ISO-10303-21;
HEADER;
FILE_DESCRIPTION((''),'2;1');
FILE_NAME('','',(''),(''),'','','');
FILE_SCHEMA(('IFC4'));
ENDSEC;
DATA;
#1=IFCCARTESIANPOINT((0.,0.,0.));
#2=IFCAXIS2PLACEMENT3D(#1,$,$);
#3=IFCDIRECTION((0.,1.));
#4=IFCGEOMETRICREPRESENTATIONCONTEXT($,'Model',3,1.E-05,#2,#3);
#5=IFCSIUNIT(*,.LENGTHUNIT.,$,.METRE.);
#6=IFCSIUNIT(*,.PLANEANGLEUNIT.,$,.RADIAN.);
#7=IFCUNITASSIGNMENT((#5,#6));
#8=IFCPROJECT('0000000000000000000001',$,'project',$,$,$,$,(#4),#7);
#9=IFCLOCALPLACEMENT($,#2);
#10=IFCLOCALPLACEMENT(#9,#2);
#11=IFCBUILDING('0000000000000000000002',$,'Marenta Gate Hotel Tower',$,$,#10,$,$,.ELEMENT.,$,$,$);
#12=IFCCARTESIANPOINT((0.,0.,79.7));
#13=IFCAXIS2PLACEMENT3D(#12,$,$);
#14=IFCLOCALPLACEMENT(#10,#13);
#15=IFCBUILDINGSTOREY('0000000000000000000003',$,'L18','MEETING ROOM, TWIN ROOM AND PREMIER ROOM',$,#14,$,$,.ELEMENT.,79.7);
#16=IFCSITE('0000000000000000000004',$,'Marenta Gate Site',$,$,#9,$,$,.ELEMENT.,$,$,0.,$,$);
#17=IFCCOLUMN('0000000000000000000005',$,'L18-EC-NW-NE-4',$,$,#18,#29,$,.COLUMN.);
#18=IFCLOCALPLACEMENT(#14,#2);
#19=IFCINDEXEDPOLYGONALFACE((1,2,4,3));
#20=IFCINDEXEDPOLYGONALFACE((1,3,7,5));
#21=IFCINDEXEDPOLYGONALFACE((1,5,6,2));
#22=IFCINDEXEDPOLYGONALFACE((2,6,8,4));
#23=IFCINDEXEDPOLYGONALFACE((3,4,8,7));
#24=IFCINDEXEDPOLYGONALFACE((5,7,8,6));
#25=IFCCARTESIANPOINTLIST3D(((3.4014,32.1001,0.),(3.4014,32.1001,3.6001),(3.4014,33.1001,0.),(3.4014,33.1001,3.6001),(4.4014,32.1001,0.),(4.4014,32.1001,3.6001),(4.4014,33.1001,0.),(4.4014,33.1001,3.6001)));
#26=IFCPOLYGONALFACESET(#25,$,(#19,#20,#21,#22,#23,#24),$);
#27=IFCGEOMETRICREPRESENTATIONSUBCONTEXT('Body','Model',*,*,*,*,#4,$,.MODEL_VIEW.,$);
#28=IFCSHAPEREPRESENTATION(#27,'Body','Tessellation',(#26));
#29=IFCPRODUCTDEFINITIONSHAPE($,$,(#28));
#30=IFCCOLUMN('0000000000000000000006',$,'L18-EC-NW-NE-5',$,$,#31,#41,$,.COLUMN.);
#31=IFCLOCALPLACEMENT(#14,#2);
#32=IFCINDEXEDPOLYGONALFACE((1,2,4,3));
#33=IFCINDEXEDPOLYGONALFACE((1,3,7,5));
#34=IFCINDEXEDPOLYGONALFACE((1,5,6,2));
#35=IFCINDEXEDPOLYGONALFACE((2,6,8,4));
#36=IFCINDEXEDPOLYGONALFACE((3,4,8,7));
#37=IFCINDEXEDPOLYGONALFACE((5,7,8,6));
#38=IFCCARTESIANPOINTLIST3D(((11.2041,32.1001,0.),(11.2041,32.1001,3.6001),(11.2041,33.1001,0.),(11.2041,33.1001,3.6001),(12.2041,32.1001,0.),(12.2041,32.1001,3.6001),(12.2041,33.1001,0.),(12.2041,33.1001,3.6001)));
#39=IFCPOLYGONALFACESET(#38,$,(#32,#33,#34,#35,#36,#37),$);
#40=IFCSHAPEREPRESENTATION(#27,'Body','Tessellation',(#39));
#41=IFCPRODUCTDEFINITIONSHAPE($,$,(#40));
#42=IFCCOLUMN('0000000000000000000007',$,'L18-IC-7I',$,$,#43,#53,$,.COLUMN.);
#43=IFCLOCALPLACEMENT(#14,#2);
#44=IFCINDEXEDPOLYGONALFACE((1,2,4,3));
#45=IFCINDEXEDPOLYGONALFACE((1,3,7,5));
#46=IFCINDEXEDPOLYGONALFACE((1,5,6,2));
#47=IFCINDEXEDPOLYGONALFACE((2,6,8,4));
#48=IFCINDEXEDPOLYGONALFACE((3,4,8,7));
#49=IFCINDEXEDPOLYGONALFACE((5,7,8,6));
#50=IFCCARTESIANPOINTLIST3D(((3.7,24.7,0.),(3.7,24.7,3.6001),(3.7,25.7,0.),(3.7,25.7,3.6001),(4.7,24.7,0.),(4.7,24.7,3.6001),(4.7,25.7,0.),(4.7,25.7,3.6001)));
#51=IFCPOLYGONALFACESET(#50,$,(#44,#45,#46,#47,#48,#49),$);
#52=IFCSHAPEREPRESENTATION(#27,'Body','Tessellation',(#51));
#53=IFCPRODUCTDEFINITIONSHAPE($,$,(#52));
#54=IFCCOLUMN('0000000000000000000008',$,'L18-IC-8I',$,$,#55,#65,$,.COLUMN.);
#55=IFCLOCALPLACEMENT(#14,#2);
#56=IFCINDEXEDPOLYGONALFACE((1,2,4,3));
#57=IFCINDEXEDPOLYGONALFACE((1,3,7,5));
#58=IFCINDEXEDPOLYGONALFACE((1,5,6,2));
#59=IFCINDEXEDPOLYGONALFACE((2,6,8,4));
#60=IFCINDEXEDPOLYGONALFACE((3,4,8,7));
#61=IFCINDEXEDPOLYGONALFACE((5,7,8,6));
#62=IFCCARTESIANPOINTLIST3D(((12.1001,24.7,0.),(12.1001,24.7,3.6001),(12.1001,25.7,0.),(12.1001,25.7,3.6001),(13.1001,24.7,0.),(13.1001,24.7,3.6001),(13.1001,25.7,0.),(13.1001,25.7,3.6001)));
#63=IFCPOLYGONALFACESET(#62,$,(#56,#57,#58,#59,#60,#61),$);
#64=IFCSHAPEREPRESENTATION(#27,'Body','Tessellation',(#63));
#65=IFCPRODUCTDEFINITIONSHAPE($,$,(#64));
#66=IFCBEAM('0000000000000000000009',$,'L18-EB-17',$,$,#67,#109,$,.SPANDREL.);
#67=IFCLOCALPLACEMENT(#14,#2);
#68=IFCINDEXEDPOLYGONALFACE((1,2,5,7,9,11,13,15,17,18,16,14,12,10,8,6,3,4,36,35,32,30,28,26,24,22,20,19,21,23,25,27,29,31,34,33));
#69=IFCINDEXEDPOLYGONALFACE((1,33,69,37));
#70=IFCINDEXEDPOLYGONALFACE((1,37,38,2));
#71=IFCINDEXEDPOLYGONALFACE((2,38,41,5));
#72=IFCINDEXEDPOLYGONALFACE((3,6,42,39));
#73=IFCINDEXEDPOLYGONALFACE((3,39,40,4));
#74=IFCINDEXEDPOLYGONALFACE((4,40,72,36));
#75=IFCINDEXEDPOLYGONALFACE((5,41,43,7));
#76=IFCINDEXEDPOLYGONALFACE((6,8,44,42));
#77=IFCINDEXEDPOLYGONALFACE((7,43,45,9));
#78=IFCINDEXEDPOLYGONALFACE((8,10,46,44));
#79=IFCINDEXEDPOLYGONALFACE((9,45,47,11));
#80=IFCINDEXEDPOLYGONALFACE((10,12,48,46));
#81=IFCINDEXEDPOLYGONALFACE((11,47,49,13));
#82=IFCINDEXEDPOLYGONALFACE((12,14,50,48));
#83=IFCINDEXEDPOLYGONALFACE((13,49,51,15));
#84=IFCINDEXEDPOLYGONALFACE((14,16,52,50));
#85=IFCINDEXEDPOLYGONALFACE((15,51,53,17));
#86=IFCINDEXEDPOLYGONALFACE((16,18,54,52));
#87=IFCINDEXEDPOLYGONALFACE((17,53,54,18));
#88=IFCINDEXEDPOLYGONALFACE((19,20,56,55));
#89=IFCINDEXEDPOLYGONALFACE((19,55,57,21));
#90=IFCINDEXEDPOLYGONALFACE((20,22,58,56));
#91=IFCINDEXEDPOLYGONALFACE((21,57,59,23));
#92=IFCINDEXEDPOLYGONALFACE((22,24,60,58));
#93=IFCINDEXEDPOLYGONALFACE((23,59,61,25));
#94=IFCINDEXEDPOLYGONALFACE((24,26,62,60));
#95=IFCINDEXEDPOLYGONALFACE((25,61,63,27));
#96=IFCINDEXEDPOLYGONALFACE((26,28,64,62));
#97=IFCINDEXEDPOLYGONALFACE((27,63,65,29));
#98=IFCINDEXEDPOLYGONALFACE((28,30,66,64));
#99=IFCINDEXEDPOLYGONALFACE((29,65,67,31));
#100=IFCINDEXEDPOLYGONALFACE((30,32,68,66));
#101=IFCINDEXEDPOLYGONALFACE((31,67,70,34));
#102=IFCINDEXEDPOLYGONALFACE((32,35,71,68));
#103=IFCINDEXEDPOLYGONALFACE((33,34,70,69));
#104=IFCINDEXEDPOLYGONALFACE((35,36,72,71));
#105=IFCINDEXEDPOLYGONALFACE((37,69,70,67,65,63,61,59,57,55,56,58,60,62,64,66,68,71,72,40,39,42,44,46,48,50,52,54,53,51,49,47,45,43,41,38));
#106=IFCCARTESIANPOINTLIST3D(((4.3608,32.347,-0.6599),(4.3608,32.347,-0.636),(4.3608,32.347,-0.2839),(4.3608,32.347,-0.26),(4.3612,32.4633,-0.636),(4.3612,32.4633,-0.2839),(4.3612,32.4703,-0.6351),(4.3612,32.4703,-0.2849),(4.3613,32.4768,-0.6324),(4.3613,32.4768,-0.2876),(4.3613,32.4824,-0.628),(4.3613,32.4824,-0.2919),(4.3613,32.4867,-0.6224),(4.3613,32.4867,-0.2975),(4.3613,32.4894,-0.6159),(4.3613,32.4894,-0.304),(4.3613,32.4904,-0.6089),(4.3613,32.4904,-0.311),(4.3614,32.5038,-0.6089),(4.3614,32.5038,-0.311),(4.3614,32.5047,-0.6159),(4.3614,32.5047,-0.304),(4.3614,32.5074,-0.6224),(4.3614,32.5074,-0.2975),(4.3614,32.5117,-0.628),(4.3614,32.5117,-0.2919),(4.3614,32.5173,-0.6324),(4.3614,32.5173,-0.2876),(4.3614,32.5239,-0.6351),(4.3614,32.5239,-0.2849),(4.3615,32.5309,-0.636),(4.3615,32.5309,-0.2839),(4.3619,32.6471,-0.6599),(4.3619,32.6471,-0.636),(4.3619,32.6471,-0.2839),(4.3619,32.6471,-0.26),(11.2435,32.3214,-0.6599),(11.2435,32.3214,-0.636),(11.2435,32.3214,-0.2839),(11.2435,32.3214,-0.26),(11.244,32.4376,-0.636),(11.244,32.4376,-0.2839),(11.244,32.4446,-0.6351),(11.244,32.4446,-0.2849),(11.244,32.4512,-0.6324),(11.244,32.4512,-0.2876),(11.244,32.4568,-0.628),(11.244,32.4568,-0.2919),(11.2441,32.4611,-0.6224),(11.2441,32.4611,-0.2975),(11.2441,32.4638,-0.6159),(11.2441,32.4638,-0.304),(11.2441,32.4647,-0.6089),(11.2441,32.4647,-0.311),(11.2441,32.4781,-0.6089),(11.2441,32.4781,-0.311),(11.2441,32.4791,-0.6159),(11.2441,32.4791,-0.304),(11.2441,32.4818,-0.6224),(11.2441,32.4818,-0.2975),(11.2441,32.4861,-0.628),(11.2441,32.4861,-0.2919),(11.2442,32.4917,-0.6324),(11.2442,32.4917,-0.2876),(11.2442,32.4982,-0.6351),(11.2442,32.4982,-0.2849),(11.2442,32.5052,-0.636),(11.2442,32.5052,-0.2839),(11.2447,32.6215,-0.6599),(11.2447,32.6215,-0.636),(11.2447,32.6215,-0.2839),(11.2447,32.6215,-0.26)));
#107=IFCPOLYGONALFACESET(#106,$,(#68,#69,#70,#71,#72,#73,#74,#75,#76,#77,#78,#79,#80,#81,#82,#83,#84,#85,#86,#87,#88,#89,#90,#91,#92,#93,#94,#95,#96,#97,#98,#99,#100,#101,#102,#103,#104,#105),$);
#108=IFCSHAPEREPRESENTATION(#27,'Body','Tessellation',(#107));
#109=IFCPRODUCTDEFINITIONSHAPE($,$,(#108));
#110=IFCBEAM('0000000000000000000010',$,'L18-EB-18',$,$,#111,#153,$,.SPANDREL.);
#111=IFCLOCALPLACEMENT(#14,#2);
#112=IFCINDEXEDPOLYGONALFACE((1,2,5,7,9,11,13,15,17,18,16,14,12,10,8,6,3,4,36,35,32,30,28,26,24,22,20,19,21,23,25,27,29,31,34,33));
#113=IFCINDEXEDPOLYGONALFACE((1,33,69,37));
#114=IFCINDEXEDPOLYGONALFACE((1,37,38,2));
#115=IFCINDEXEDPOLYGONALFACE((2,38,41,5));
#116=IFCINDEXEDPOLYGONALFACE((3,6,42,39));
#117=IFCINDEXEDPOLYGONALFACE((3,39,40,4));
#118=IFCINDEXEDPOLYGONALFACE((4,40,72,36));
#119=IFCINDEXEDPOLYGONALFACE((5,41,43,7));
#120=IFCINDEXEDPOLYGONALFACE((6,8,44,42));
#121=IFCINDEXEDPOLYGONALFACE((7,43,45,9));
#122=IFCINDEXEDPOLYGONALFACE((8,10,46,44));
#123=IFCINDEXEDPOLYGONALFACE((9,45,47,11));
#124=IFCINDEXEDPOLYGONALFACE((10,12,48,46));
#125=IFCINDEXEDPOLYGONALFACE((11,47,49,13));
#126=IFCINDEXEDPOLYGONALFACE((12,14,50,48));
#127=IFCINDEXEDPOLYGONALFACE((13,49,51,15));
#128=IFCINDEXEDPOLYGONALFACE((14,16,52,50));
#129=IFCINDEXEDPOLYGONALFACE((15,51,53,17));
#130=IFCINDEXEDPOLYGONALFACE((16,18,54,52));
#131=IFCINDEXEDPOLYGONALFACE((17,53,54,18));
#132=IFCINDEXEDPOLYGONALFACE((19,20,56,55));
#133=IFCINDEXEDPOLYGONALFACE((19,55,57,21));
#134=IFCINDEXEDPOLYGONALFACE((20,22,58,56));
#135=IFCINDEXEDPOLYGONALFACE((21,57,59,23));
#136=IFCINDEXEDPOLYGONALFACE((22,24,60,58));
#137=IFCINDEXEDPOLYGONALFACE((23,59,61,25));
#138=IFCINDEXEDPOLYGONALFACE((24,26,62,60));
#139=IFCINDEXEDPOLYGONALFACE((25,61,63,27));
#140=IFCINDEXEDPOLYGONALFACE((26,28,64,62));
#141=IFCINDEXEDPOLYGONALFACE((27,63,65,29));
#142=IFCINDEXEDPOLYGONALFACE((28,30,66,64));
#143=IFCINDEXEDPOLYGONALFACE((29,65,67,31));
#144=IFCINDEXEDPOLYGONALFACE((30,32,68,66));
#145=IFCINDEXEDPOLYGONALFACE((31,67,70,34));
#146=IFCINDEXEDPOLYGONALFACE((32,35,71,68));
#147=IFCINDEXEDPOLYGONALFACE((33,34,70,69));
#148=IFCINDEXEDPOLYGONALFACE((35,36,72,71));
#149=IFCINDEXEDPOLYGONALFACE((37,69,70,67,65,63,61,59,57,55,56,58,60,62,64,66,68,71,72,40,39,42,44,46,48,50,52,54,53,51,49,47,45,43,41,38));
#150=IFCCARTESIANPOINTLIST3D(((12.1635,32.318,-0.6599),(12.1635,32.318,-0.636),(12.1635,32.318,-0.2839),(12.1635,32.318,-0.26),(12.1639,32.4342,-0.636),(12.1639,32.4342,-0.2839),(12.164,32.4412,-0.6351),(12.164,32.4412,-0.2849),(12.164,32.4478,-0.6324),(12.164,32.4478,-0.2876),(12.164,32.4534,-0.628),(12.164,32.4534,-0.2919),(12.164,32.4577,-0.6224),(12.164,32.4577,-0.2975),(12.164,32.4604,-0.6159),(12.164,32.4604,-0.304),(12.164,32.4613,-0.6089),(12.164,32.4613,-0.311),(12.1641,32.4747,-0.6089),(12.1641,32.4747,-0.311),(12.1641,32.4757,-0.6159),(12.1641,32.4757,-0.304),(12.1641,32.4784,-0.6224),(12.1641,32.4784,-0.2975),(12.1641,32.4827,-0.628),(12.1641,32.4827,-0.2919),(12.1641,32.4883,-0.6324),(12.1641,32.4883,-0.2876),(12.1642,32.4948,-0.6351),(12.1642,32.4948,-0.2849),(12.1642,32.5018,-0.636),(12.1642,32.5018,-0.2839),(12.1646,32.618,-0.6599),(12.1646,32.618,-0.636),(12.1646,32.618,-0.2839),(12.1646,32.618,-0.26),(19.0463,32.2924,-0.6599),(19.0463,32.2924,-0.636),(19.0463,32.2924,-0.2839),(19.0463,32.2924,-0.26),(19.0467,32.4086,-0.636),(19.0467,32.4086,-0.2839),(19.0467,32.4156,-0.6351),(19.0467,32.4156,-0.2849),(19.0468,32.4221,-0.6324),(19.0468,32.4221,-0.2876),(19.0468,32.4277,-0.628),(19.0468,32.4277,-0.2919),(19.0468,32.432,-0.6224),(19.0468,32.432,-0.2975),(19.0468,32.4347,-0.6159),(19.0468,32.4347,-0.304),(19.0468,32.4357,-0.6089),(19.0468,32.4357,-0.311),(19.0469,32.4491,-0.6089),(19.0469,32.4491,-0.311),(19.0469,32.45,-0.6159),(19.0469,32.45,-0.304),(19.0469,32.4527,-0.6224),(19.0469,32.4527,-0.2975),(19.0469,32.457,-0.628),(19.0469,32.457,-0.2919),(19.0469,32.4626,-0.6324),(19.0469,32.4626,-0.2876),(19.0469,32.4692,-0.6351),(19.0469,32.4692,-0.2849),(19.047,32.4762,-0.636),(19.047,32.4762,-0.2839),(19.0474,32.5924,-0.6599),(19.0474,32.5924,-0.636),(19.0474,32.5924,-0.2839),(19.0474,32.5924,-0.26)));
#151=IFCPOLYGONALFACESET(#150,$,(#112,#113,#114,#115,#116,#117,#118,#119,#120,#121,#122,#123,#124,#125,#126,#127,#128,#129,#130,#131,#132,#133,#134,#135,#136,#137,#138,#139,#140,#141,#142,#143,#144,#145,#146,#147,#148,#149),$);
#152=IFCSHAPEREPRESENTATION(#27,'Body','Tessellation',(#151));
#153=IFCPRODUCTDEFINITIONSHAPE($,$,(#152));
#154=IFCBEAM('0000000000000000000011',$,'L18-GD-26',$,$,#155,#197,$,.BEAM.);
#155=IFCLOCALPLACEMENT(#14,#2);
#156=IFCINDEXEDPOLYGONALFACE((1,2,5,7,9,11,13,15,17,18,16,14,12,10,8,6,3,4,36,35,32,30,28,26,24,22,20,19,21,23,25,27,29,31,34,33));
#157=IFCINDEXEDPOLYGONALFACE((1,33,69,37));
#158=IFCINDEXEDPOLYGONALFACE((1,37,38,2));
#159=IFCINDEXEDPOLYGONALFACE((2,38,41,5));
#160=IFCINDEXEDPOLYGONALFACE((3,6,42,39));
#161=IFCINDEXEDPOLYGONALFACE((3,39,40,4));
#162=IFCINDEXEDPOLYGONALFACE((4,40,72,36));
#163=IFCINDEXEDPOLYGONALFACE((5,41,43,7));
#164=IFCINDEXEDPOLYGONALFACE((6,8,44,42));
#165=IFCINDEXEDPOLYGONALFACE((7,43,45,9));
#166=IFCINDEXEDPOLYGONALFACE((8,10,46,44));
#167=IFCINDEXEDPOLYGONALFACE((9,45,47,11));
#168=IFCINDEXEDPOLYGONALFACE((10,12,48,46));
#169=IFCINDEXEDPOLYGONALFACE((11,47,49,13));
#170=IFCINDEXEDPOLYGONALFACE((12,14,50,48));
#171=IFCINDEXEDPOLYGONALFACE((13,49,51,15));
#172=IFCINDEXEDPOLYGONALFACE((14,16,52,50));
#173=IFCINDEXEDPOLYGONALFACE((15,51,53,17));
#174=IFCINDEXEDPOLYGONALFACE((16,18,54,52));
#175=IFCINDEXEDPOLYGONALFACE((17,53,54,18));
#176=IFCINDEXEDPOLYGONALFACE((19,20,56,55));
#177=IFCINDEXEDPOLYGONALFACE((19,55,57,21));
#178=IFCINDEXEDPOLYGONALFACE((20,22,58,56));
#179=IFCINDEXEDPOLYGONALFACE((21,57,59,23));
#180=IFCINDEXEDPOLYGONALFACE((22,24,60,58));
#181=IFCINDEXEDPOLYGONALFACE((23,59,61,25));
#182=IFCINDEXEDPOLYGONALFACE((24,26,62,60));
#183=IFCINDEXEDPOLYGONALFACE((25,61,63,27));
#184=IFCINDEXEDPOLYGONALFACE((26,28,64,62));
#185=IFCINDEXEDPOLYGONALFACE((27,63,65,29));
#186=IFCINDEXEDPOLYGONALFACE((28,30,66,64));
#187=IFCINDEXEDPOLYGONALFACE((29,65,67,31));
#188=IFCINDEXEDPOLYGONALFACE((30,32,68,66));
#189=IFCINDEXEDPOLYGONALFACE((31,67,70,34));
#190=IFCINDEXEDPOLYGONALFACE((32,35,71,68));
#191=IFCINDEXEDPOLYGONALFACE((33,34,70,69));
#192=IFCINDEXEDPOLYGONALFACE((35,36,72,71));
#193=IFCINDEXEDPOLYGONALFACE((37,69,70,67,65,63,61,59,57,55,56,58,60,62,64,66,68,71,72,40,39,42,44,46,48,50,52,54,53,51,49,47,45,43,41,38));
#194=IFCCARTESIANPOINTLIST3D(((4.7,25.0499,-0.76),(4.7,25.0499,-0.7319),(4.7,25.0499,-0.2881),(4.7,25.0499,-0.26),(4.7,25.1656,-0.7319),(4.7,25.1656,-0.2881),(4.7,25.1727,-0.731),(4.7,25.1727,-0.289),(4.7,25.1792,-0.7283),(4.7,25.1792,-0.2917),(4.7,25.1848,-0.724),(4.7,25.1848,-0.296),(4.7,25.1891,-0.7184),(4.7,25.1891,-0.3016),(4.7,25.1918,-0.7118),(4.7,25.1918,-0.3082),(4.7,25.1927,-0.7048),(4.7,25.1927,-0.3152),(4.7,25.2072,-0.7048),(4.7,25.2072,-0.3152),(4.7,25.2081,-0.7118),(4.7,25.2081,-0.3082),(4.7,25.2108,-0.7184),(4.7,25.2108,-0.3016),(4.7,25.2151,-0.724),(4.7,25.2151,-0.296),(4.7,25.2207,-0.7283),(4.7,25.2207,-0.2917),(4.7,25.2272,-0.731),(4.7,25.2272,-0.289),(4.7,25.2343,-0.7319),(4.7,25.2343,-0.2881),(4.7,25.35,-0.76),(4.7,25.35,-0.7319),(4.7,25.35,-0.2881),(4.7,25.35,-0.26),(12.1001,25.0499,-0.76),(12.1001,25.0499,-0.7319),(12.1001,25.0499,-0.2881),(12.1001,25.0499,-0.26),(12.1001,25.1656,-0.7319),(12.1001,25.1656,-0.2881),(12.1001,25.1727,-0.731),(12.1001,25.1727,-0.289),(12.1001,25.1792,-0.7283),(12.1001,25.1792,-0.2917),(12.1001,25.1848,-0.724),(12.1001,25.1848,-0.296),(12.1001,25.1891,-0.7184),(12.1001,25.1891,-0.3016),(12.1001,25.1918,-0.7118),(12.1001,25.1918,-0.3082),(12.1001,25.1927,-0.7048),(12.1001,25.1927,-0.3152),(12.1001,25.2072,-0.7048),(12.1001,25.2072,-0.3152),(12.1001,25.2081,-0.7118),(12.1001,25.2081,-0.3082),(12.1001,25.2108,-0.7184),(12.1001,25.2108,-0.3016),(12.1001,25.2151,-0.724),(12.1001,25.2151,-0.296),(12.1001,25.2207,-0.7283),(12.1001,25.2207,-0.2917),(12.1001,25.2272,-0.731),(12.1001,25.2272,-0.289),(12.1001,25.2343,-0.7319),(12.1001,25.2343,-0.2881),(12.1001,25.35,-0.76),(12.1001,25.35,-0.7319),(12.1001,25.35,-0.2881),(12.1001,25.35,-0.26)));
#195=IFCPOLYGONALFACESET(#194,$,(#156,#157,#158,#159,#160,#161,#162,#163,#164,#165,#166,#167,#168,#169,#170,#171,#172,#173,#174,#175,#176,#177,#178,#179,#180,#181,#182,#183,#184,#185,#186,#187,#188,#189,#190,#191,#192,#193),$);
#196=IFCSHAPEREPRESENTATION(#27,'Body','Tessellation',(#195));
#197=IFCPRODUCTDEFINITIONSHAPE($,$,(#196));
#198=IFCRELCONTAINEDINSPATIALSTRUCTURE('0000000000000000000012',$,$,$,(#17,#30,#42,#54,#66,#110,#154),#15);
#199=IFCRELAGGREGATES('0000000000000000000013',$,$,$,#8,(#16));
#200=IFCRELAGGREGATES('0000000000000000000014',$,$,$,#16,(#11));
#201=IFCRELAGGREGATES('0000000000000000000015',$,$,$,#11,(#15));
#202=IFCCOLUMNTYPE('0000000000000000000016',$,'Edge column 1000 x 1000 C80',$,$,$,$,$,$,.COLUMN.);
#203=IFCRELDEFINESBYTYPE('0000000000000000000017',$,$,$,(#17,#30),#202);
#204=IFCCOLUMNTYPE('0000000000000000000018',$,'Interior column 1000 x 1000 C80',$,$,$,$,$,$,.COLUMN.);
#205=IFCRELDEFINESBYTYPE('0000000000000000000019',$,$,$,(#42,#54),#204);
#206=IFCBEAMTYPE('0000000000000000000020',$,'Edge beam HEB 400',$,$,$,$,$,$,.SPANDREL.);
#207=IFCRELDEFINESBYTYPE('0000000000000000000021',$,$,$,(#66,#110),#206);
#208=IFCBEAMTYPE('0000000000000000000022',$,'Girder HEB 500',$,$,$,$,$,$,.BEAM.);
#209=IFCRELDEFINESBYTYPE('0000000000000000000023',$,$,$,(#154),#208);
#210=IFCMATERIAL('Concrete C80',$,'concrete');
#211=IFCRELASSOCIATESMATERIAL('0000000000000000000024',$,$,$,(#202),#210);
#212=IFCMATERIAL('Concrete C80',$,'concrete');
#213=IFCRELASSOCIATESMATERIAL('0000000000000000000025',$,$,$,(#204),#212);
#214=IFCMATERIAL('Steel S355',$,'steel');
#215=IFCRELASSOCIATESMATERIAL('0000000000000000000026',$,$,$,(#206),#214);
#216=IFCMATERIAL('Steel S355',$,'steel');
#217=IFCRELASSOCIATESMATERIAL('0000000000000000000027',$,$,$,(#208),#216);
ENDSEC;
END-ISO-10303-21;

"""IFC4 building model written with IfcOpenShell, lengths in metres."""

from ifc_helpers import new_model, si_unit, direction, frame, origin, origin_2d, place, context, subcontext, project, spatial, rectangle, i_section, extrude, material, material_profile, profile_set, type_object, element, save


model = new_model("IFC4")

# Units and contexts
model_context = context("Model", 3, precision=1e-05, world=origin(), true_north=direction((0.0, 1.0)))
body_context = subcontext(model_context, "Body", "Model", "MODEL_VIEW")
ifc_project = project(units=[si_unit("LENGTHUNIT", "METRE"), si_unit("PLANEANGLEUNIT", "RADIAN")], contexts=[model_context])

# Site, building, storey
site_placement = place(None, origin())
site = spatial("IfcSite", under=ifc_project, at=site_placement, Name="Marenta Gate Site", CompositionType="ELEMENT", RefElevation=0.0)
building_placement = place(site_placement, origin())
building = spatial("IfcBuilding", under=site, at=building_placement, Name="Marenta Gate Hotel Tower", CompositionType="ELEMENT")
storey_placement = place(building_placement, frame((0.0, 0.0, 79.7)))
storey = spatial("IfcBuildingStorey", under=building, at=storey_placement, Name="L18", Description="MEETING ROOM, TWIN ROOM AND PREMIER ROOM", CompositionType="ELEMENT", Elevation=79.7)

# Columns
ifc_material_1 = material(Name="Concrete C80", Category="concrete")
ifc_material_profile_1 = material_profile(ifc_material_1, rectangle(XDim=1.0, YDim=1.0, at=origin_2d()), Name="1000 x 1000")
ifc_profile_set_1 = profile_set([ifc_material_profile_1], Name="Concrete C80")
column_type_1 = type_object("IfcColumnType", Name="Edge column 1000 x 1000 C80", PredefinedType="COLUMN", material=ifc_profile_set_1)
for number, where, z_axis, x_axis, name in (
    (1, (3.9014, 32.6001, 0.0), (0.0, 0.0, 1.0), (1.0, 0.0, 0.0), "L18-EC-NW-NE-4"),
    (2, (11.7041, 32.6001, 0.0), (0.0, 0.0, 1.0), (1.0, 0.0, 0.0), "L18-EC-NW-NE-5"),
):
    element("IfcColumn", number, at=place(storey_placement, frame(where, z_axis=z_axis, x_axis=x_axis)), inside=storey, type_object=column_type_1, Name=name, PredefinedType="COLUMN", context=body_context, shape_type="SweptSolid", body=[
        extrude(rectangle(XDim=1.0, YDim=1.0, at=origin_2d()), origin(), (0.0, 0.0, 1.0), 3.6001),
    ])
ifc_material_2 = material(Name="Concrete C80", Category="concrete")
ifc_material_profile_2 = material_profile(ifc_material_2, rectangle(XDim=1.0, YDim=1.0, at=origin_2d()), Name="1000 x 1000")
ifc_profile_set_2 = profile_set([ifc_material_profile_2], Name="Concrete C80")
column_type_2 = type_object("IfcColumnType", Name="Interior column 1000 x 1000 C80", PredefinedType="COLUMN", material=ifc_profile_set_2)
for number, where, z_axis, x_axis, name in (
    (3, (4.2, 25.2, 0.0), (0.0, 0.0, 1.0), (1.0, 0.0, 0.0), "L18-IC-7I"),
    (4, (12.6001, 25.2, 0.0), (0.0, 0.0, 1.0), (1.0, 0.0, 0.0), "L18-IC-8I"),
):
    element("IfcColumn", number, at=place(storey_placement, frame(where, z_axis=z_axis, x_axis=x_axis)), inside=storey, type_object=column_type_2, Name=name, PredefinedType="COLUMN", context=body_context, shape_type="SweptSolid", body=[
        extrude(rectangle(XDim=1.0, YDim=1.0, at=origin_2d()), origin(), (0.0, 0.0, 1.0), 3.6001),
    ])

# Beams
ifc_material_3 = material(Name="Steel S355", Category="steel")
ifc_material_profile_3 = material_profile(ifc_material_3, i_section(OverallWidth=0.3, OverallDepth=0.3999, WebThickness=0.0134, FlangeThickness=0.0239, FilletRadius=0.0271, at=origin_2d()), Name="HEB 400")
ifc_profile_set_3 = profile_set([ifc_material_profile_3], Name="Steel S355")
beam_type_1 = type_object("IfcBeamType", Name="Edge beam HEB 400", PredefinedType="SPANDREL", material=ifc_profile_set_3)
for number, where, z_axis, x_axis, name in (
    (5, (4.3613, 32.4971, -0.46), (0.999993, -0.003724, 0.0), (0.003724, 0.999993, 0.0), "L18-EB-17"),
    (6, (12.1641, 32.468, -0.46), (0.999993, -0.003724, 0.0), (0.003724, 0.999993, 0.0), "L18-EB-18"),
):
    element("IfcBeam", number, at=place(storey_placement, frame(where, z_axis=z_axis, x_axis=x_axis)), inside=storey, type_object=beam_type_1, Name=name, PredefinedType="SPANDREL", context=body_context, shape_type="SweptSolid", body=[
        extrude(i_section(OverallWidth=0.3, OverallDepth=0.3999, WebThickness=0.0134, FlangeThickness=0.0239, FilletRadius=0.0271, at=origin_2d()), origin(), (0.0, 0.0, 1.0), 6.8828),
    ])
ifc_material_4 = material(Name="Steel S355", Category="steel")
ifc_material_profile_4 = material_profile(ifc_material_4, i_section(OverallWidth=0.3, OverallDepth=0.5, WebThickness=0.0144, FlangeThickness=0.0281, FilletRadius=0.0271, at=origin_2d()), Name="HEB 500")
ifc_profile_set_4 = profile_set([ifc_material_profile_4], Name="Steel S355")
beam_type_2 = type_object("IfcBeamType", Name="Girder HEB 500", PredefinedType="BEAM", material=ifc_profile_set_4)
beam_1_placement = place(storey_placement, frame((4.7, 25.2, -0.51), z_axis=(1.0, 0.0, 0.0), x_axis=(0.0, 1.0, 0.0)))
element("IfcBeam", 7, at=beam_1_placement, inside=storey, type_object=beam_type_2, Name="L18-GD-26", PredefinedType="BEAM", context=body_context, shape_type="SweptSolid", body=[
    extrude(i_section(OverallWidth=0.3, OverallDepth=0.5, WebThickness=0.0144, FlangeThickness=0.0281, FilletRadius=0.0271, at=origin_2d()), origin(), (0.0, 0.0, 1.0), 7.4001),
])

save(model, "model.ifc")
